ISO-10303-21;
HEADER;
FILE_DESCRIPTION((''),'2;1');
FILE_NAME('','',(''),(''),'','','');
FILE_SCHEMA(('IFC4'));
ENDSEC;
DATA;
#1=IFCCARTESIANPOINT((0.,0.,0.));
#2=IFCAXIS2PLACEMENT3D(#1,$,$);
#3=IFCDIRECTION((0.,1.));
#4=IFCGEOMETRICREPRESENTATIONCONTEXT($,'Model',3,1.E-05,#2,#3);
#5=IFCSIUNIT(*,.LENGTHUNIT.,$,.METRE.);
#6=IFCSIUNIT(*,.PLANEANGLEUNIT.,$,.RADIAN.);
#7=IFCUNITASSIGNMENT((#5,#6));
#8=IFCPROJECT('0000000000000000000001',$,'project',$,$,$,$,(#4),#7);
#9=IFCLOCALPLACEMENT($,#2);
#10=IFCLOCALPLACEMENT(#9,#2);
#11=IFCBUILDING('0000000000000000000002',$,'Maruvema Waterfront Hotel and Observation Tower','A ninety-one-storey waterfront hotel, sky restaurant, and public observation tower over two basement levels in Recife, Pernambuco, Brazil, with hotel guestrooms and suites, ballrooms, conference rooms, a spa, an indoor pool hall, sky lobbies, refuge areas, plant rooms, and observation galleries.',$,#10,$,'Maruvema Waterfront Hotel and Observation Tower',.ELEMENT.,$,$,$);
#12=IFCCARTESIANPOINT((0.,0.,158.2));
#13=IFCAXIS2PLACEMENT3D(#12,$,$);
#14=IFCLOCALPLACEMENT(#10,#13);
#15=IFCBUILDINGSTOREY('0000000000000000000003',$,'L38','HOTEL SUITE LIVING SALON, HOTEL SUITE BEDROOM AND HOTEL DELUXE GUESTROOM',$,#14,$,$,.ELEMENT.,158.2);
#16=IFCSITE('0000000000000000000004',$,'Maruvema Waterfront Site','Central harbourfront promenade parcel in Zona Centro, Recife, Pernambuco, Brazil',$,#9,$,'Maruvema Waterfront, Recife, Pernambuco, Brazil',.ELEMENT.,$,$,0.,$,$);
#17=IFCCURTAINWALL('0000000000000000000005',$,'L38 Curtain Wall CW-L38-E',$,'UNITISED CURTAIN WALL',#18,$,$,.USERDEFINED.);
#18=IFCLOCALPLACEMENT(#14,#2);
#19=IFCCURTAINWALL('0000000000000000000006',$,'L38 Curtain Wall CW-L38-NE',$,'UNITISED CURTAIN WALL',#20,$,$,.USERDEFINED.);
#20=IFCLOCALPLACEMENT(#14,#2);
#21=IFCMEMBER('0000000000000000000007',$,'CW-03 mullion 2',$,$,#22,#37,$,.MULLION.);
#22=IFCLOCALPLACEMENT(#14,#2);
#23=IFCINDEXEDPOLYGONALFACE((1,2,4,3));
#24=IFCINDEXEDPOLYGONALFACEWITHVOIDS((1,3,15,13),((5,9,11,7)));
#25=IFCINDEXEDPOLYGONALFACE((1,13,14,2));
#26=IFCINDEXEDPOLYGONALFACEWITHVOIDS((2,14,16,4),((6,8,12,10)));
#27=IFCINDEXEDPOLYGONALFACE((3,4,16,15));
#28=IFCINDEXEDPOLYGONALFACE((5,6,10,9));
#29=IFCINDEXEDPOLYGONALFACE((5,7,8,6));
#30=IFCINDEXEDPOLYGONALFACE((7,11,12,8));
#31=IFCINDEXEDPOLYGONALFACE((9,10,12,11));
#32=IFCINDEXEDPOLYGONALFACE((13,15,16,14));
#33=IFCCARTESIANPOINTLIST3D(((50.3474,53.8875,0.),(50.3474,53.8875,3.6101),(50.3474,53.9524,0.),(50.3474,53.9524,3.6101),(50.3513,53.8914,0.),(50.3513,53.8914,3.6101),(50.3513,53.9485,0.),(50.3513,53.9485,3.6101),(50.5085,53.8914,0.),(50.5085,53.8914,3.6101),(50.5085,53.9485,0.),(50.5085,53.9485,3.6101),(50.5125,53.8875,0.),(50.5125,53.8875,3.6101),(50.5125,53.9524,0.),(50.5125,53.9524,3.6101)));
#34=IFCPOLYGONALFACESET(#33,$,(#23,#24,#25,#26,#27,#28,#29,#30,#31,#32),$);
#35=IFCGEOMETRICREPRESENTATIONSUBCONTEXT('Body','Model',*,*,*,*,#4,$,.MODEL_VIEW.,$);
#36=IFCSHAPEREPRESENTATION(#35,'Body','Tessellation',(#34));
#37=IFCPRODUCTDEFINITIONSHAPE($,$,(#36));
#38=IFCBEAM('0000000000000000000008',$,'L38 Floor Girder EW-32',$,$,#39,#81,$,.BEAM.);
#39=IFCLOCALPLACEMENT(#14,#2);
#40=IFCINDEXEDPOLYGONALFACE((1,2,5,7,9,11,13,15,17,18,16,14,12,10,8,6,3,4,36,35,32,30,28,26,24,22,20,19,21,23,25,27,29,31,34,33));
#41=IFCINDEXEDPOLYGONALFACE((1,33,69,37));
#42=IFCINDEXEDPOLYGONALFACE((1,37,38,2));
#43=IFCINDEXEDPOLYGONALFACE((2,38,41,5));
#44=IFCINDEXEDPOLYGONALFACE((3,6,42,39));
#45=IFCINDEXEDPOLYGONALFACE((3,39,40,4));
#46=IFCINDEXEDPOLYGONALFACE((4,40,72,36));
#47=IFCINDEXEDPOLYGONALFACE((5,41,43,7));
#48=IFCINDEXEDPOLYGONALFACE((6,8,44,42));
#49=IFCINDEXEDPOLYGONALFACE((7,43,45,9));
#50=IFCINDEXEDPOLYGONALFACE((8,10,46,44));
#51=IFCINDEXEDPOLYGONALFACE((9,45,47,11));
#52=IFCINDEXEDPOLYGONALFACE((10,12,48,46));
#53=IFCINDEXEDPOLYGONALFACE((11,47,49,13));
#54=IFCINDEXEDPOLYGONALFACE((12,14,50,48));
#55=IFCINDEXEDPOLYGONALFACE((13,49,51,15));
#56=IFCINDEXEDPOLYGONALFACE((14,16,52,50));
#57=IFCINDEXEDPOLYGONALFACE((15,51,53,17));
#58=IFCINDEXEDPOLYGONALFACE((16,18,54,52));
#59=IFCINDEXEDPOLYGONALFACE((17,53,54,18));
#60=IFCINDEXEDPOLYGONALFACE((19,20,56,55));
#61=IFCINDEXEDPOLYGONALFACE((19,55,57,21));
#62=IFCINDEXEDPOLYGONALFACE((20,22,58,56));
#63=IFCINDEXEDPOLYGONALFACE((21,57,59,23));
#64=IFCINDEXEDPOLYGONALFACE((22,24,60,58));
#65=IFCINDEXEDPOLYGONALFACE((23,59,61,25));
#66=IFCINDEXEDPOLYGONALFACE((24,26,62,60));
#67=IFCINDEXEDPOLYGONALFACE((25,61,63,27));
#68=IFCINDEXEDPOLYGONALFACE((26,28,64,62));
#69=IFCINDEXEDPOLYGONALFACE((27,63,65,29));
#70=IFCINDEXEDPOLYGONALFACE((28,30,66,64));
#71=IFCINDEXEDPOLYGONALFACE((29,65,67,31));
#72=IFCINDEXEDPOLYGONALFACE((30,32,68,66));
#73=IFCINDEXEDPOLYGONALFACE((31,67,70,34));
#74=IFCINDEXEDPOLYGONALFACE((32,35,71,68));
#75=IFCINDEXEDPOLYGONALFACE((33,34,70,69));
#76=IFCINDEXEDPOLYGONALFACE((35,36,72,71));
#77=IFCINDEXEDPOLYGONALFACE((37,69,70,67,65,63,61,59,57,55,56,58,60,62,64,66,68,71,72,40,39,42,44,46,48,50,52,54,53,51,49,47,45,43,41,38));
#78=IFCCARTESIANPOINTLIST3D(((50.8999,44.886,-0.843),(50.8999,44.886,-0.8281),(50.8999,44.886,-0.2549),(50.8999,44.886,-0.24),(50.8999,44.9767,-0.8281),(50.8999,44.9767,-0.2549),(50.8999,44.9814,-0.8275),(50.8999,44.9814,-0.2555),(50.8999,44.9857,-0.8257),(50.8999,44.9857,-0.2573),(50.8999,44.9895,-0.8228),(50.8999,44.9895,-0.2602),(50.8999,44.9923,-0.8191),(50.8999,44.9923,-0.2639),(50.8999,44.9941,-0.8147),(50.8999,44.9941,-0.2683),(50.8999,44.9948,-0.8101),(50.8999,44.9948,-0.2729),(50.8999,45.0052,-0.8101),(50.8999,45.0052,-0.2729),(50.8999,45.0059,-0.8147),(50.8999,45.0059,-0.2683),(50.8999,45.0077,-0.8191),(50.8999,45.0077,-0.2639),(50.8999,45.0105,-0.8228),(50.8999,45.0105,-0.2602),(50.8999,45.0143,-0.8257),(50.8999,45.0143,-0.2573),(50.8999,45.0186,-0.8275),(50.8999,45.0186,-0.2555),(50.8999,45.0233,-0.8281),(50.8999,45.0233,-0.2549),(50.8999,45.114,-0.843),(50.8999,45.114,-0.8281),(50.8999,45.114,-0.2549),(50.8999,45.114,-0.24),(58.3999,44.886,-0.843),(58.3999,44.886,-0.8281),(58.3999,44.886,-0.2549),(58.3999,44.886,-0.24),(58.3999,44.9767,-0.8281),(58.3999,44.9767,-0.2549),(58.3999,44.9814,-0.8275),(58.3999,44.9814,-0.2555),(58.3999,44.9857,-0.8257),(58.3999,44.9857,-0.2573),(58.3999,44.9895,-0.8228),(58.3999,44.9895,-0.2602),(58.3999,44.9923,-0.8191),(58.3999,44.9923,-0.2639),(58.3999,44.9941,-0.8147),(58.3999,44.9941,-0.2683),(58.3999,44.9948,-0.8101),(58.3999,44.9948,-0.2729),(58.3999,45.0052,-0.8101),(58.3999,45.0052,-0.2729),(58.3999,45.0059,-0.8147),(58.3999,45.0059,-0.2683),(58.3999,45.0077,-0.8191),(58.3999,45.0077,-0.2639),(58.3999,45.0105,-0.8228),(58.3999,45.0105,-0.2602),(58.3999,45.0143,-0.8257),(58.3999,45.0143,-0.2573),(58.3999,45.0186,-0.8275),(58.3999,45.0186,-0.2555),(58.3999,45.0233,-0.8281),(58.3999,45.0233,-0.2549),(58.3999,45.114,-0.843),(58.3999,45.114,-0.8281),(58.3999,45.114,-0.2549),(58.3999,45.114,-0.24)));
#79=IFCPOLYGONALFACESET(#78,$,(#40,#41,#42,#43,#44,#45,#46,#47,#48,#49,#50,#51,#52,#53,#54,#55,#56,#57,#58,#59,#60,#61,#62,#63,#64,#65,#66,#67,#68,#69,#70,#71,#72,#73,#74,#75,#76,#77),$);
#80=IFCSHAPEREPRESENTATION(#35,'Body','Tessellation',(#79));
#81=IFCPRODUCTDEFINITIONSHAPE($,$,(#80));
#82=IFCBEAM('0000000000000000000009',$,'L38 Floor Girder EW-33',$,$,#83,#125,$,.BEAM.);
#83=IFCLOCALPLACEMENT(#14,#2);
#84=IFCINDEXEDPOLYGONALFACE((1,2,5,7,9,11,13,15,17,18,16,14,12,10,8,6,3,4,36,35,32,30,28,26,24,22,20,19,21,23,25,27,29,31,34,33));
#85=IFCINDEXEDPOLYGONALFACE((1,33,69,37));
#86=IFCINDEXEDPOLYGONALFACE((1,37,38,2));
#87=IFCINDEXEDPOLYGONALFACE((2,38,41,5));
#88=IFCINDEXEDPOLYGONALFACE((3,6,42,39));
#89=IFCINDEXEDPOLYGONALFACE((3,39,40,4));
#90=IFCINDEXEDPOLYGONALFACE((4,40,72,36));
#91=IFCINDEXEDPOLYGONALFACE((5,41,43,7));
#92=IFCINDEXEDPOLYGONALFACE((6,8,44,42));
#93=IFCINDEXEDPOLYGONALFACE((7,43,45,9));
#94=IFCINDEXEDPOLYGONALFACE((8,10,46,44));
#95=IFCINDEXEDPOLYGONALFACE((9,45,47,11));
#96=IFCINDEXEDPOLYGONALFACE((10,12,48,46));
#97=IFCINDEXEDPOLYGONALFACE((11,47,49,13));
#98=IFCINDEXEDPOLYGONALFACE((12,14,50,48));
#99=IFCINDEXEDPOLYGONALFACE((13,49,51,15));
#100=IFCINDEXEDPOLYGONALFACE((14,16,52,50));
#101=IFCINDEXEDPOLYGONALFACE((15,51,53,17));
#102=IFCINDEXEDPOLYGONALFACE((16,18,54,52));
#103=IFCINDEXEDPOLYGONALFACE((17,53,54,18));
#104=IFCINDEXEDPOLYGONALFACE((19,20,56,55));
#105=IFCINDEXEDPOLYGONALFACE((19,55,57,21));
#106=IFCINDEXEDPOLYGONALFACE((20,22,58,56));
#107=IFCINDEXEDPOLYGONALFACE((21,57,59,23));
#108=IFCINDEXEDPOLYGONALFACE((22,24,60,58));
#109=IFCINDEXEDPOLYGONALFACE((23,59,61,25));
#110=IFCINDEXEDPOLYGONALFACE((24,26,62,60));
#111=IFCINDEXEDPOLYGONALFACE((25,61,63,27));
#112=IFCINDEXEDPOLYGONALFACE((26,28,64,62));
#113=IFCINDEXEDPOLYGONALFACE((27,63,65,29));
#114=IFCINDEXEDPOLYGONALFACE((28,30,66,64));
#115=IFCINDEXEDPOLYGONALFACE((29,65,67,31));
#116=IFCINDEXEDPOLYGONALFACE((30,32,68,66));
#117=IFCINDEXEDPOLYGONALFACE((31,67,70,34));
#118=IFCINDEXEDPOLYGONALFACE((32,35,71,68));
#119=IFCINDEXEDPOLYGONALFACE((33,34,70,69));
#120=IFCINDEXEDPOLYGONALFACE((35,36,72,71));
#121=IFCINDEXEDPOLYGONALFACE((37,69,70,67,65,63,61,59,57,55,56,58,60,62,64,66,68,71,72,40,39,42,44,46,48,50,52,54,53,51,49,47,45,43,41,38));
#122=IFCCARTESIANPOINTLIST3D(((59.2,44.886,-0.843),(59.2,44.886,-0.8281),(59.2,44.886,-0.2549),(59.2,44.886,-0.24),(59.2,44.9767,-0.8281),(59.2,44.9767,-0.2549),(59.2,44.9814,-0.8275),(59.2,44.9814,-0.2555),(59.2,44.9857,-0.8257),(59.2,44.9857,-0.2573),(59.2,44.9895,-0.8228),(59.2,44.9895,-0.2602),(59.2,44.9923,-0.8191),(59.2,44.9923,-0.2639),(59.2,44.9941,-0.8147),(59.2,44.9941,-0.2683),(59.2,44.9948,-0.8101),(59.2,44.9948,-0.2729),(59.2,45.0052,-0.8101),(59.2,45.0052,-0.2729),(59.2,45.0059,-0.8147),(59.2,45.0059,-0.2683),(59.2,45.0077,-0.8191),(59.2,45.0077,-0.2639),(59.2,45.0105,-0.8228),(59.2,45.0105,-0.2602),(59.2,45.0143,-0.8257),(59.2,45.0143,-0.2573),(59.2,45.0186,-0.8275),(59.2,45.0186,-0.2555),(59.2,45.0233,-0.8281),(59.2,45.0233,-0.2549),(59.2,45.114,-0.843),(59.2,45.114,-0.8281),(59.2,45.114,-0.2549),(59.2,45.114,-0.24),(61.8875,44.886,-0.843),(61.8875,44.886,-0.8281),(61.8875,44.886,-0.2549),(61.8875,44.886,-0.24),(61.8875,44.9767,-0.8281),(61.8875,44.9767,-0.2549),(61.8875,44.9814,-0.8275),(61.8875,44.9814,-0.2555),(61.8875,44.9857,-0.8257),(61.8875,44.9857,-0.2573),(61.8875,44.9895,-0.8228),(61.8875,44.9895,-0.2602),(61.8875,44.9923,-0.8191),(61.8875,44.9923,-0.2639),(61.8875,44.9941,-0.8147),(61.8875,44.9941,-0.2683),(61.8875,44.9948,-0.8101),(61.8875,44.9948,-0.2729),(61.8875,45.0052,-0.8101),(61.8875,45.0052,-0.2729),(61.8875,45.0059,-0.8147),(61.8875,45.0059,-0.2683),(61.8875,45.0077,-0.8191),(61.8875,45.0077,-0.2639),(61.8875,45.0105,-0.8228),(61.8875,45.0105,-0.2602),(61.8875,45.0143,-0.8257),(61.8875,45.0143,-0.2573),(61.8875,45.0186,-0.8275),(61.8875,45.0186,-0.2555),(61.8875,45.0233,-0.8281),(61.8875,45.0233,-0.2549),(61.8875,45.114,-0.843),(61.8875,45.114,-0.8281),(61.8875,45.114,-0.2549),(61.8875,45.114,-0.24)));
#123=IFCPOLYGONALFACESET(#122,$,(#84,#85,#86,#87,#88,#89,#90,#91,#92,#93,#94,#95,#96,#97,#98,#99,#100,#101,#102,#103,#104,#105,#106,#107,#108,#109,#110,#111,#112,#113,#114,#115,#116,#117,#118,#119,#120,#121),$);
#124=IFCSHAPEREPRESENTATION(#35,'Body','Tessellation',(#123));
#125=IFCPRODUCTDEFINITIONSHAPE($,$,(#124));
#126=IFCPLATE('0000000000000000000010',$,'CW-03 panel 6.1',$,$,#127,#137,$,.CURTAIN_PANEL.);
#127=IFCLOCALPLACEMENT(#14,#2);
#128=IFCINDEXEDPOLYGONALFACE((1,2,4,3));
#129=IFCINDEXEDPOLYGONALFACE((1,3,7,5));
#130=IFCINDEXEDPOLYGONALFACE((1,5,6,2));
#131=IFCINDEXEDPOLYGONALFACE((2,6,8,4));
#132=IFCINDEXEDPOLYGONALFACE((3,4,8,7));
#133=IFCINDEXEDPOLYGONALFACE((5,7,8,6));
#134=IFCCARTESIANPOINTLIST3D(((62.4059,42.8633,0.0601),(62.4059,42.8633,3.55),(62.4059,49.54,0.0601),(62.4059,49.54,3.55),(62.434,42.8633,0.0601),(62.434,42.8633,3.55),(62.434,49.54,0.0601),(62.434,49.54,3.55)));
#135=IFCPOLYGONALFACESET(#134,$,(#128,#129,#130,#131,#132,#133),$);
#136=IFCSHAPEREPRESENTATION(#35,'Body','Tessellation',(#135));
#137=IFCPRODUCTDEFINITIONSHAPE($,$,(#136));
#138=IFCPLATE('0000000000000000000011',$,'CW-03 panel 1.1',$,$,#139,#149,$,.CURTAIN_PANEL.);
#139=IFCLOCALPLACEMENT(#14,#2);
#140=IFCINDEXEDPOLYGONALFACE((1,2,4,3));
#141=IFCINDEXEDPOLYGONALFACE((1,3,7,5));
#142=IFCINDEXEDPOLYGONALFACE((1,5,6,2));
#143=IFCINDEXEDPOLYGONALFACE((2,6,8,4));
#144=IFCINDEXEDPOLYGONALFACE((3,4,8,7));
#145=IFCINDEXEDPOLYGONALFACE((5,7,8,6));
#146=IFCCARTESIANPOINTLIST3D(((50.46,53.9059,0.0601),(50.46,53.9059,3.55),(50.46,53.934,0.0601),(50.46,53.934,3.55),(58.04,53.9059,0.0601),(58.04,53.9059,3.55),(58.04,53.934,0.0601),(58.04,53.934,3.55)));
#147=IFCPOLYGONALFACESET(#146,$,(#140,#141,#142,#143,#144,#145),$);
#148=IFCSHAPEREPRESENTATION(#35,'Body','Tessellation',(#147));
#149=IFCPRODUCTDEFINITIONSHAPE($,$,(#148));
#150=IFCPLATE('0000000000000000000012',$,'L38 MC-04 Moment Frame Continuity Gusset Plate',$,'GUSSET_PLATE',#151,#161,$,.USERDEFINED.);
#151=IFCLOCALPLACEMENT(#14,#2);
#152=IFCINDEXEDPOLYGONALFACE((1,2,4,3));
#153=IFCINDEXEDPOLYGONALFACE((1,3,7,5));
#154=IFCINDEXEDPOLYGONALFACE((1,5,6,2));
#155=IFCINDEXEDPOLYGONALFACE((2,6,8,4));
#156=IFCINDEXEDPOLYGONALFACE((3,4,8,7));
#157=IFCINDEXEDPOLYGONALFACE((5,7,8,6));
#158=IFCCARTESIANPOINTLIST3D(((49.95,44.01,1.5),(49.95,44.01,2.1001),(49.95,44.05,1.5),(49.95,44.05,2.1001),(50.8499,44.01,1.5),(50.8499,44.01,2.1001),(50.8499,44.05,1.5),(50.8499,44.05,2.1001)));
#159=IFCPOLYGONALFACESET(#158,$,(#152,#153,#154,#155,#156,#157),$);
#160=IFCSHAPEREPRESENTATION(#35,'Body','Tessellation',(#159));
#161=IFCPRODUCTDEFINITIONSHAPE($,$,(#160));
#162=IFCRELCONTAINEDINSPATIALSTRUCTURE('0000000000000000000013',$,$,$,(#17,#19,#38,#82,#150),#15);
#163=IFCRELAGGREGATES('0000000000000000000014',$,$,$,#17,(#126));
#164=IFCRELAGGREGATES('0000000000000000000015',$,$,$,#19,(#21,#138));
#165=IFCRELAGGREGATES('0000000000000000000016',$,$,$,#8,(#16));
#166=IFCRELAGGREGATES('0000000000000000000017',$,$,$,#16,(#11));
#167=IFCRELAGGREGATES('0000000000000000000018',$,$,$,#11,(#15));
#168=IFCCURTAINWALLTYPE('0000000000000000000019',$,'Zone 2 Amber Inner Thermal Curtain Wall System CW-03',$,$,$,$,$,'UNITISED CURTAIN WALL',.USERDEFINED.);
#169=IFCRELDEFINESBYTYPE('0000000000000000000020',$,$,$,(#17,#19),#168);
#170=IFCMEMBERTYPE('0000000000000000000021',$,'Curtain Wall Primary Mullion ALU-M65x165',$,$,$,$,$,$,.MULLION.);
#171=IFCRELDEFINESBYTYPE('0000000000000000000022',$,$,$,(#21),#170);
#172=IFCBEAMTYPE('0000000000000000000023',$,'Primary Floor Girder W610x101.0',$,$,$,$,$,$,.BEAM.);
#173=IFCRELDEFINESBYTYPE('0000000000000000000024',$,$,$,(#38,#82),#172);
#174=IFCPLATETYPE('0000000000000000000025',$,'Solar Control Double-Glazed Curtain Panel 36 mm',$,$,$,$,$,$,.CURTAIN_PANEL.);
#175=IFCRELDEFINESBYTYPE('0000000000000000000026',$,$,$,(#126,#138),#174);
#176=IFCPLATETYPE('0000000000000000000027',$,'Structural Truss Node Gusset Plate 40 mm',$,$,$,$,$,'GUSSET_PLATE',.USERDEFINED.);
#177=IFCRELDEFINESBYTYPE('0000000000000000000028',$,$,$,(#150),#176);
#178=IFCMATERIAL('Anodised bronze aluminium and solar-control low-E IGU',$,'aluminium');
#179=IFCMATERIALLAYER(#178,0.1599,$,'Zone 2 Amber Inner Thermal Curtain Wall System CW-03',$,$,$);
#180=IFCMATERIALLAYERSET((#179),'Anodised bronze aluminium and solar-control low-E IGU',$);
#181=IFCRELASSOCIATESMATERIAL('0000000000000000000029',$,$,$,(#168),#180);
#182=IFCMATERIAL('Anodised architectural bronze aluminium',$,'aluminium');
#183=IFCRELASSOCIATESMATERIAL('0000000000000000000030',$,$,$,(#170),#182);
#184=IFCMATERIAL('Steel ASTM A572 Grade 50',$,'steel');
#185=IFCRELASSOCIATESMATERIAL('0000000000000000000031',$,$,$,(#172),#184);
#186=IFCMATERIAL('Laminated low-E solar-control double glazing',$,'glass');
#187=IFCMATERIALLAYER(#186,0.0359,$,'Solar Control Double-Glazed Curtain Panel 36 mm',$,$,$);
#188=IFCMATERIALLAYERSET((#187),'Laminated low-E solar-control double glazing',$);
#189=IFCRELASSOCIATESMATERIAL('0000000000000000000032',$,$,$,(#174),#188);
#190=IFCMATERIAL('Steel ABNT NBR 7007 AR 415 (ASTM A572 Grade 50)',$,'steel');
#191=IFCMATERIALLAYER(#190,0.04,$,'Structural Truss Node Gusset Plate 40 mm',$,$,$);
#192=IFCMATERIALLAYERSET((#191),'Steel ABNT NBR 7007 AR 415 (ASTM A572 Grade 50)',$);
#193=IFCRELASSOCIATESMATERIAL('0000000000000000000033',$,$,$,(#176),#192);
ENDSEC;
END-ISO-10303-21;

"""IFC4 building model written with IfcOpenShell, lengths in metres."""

from ifc_helpers import new_model, si_unit, direction, frame, origin, origin_2d, place, context, subcontext, project, spatial, rectangle, hollow_rectangle, i_section, extrude, material, layer, layer_set, material_profile, profile_set, type_object, element, aggregate, save


model = new_model("IFC4")

# Units and contexts
model_context = context("Model", 3, precision=1e-05, world=origin(), true_north=direction((0.0, 1.0)))
body_context = subcontext(model_context, "Body", "Model", "MODEL_VIEW")
ifc_project = project(units=[si_unit("LENGTHUNIT", "METRE"), si_unit("PLANEANGLEUNIT", "RADIAN")], contexts=[model_context])

# Site, building, storey
site_placement = place(None, origin())
site = spatial("IfcSite", under=ifc_project, at=site_placement, Name="Maruvema Waterfront Site", Description="Central harbourfront promenade parcel in Zona Centro, Recife, Pernambuco, Brazil", LongName="Maruvema Waterfront, Recife, Pernambuco, Brazil", CompositionType="ELEMENT", RefElevation=0.0)
building_placement = place(site_placement, origin())
building = spatial("IfcBuilding", under=site, at=building_placement, Name="Maruvema Waterfront Hotel and Observation Tower", Description="A ninety-one-storey waterfront hotel, sky restaurant, and public observation tower over two basement levels in Recife, Pernambuco, Brazil, with hotel guestrooms and suites, ballrooms, conference rooms, a spa, an indoor pool hall, sky lobbies, refuge areas, plant rooms, and observation galleries.", LongName="Maruvema Waterfront Hotel and Observation Tower", CompositionType="ELEMENT")
storey_placement = place(building_placement, frame((0.0, 0.0, 158.2)))
storey = spatial("IfcBuildingStorey", under=building, at=storey_placement, Name="L38", Description="HOTEL SUITE LIVING SALON, HOTEL SUITE BEDROOM AND HOTEL DELUXE GUESTROOM", CompositionType="ELEMENT", Elevation=158.2)

# Curtain walls
ifc_material_1 = material(Name="Anodised bronze aluminium and solar-control low-E IGU", Category="aluminium")
ifc_layer_1 = layer(ifc_material_1, 0.1599, Name="Zone 2 Amber Inner Thermal Curtain Wall System CW-03")
ifc_layer_set_1 = layer_set([ifc_layer_1], Name="Anodised bronze aluminium and solar-control low-E IGU")
curtain_wall_type = type_object("IfcCurtainWallType", Name="Zone 2 Amber Inner Thermal Curtain Wall System CW-03", ElementType="UNITISED CURTAIN WALL", PredefinedType="USERDEFINED", material=ifc_layer_set_1)
curtain_wall_1_placement = place(storey_placement, origin())
curtain_wall_1 = element("IfcCurtainWall", 1, at=curtain_wall_1_placement, inside=storey, type_object=curtain_wall_type, Name="L38 Curtain Wall CW-L38-E", ObjectType="UNITISED CURTAIN WALL", PredefinedType="USERDEFINED")
curtain_wall_2_placement = place(storey_placement, origin())
curtain_wall_2 = element("IfcCurtainWall", 2, at=curtain_wall_2_placement, inside=storey, type_object=curtain_wall_type, Name="L38 Curtain Wall CW-L38-NE", ObjectType="UNITISED CURTAIN WALL", PredefinedType="USERDEFINED")

# Member
ifc_material_2 = material(Name="Anodised architectural bronze aluminium", Category="aluminium")
ifc_material_profile_1 = material_profile(ifc_material_2, hollow_rectangle(XDim=0.0649, YDim=0.165, WallThickness=0.0039, at=origin_2d()), Name="ALU-M65x165")
ifc_profile_set_1 = profile_set([ifc_material_profile_1], Name="Anodised architectural bronze aluminium")
member_type_1 = type_object("IfcMemberType", Name="Curtain Wall Primary Mullion ALU-M65x165", PredefinedType="MULLION", material=ifc_profile_set_1)
member_1_placement = place(storey_placement, frame((50.4299, 53.9199, 0.0), z_axis=(0.0, 0.0, 1.0), x_axis=(0.0, -1.0, 0.0)))
member_1 = element("IfcMember", 3, at=member_1_placement, type_object=member_type_1, Name="CW-03 mullion 2", PredefinedType="MULLION", context=body_context, shape_type="SweptSolid", body=[
    extrude(hollow_rectangle(XDim=0.0649, YDim=0.165, WallThickness=0.0039, at=origin_2d()), origin(), (0.0, 0.0, 1.0), 3.6101),
])

# Beams
ifc_material_3 = material(Name="Steel ASTM A572 Grade 50", Category="steel")
ifc_material_profile_2 = material_profile(ifc_material_3, i_section(OverallWidth=0.228, OverallDepth=0.603, WebThickness=0.0105, FlangeThickness=0.0149, FilletRadius=0.0181, at=origin_2d()), Name="W610x101.0")
ifc_profile_set_2 = profile_set([ifc_material_profile_2], Name="Steel ASTM A572 Grade 50")
beam_type = type_object("IfcBeamType", Name="Primary Floor Girder W610x101.0", PredefinedType="BEAM", material=ifc_profile_set_2)
beam_1_placement = place(storey_placement, frame((50.8999, 45.0, -0.5415), z_axis=(1.0, 0.0, 0.0), x_axis=(0.0, 1.0, 0.0)))
element("IfcBeam", 4, at=beam_1_placement, inside=storey, type_object=beam_type, Name="L38 Floor Girder EW-32", PredefinedType="BEAM", context=body_context, shape_type="SweptSolid", body=[
    extrude(i_section(OverallWidth=0.228, OverallDepth=0.603, WebThickness=0.0105, FlangeThickness=0.0149, FilletRadius=0.0181, at=origin_2d()), origin(), (0.0, 0.0, 1.0), 7.5),
])
beam_2_placement = place(storey_placement, frame((59.2, 45.0, -0.5415), z_axis=(1.0, 0.0, 0.0), x_axis=(0.0, 1.0, 0.0)))
element("IfcBeam", 5, at=beam_2_placement, inside=storey, type_object=beam_type, Name="L38 Floor Girder EW-33", PredefinedType="BEAM", context=body_context, shape_type="SweptSolid", body=[
    extrude(i_section(OverallWidth=0.228, OverallDepth=0.603, WebThickness=0.0105, FlangeThickness=0.0149, FilletRadius=0.0181, at=origin_2d()), origin(), (0.0, 0.0, 1.0), 2.6875),
])

# Plates
ifc_material_4 = material(Name="Laminated low-E solar-control double glazing", Category="glass")
ifc_layer_2 = layer(ifc_material_4, 0.0359, Name="Solar Control Double-Glazed Curtain Panel 36 mm")
ifc_layer_set_2 = layer_set([ifc_layer_2], Name="Laminated low-E solar-control double glazing")
plate_type_1 = type_object("IfcPlateType", Name="Solar Control Double-Glazed Curtain Panel 36 mm", PredefinedType="CURTAIN_PANEL", material=ifc_layer_set_2)
plate_1_placement = place(storey_placement, frame((62.4199, 46.2017, 0.0601), z_axis=(0.0, 0.0, 1.0), x_axis=(0.0, 1.0, 0.0)))
plate_1 = element("IfcPlate", 6, at=plate_1_placement, type_object=plate_type_1, Name="CW-03 panel 6.1", PredefinedType="CURTAIN_PANEL", context=body_context, shape_type="SweptSolid", body=[
    extrude(rectangle(XDim=6.6768, YDim=0.0281, at=origin_2d()), origin(), (0.0, 0.0, 1.0), 3.49),
])
aggregate(curtain_wall_1, [plate_1])
plate_2_placement = place(storey_placement, frame((54.25, 53.9199, 0.0601), z_axis=(0.0, 0.0, 1.0), x_axis=(-1.0, 0.0, 0.0)))
plate_2 = element("IfcPlate", 7, at=plate_2_placement, type_object=plate_type_1, Name="CW-03 panel 1.1", PredefinedType="CURTAIN_PANEL", context=body_context, shape_type="SweptSolid", body=[
    extrude(rectangle(XDim=7.5801, YDim=0.0281, at=origin_2d()), origin(), (0.0, 0.0, 1.0), 3.49),
])
aggregate(curtain_wall_2, [member_1, plate_2])
ifc_material_5 = material(Name="Steel ABNT NBR 7007 AR 415 (ASTM A572 Grade 50)", Category="steel")
ifc_layer_3 = layer(ifc_material_5, 0.04, Name="Structural Truss Node Gusset Plate 40 mm")
ifc_layer_set_3 = layer_set([ifc_layer_3], Name="Steel ABNT NBR 7007 AR 415 (ASTM A572 Grade 50)")
plate_type_2 = type_object("IfcPlateType", Name="Structural Truss Node Gusset Plate 40 mm", ElementType="GUSSET_PLATE", PredefinedType="USERDEFINED", material=ifc_layer_set_3)
plate_3_placement = place(storey_placement, frame((50.3999, 44.03, 1.5), z_axis=(0.0, 0.0, 1.0), x_axis=(1.0, 0.0, 0.0)))
element("IfcPlate", 8, at=plate_3_placement, inside=storey, type_object=plate_type_2, Name="L38 MC-04 Moment Frame Continuity Gusset Plate", ObjectType="GUSSET_PLATE", PredefinedType="USERDEFINED", context=body_context, shape_type="SweptSolid", body=[
    extrude(rectangle(XDim=0.8999, YDim=0.04, at=origin_2d()), origin(), (0.0, 0.0, 1.0), 0.6001),
])

save(model, "model.ifc")
